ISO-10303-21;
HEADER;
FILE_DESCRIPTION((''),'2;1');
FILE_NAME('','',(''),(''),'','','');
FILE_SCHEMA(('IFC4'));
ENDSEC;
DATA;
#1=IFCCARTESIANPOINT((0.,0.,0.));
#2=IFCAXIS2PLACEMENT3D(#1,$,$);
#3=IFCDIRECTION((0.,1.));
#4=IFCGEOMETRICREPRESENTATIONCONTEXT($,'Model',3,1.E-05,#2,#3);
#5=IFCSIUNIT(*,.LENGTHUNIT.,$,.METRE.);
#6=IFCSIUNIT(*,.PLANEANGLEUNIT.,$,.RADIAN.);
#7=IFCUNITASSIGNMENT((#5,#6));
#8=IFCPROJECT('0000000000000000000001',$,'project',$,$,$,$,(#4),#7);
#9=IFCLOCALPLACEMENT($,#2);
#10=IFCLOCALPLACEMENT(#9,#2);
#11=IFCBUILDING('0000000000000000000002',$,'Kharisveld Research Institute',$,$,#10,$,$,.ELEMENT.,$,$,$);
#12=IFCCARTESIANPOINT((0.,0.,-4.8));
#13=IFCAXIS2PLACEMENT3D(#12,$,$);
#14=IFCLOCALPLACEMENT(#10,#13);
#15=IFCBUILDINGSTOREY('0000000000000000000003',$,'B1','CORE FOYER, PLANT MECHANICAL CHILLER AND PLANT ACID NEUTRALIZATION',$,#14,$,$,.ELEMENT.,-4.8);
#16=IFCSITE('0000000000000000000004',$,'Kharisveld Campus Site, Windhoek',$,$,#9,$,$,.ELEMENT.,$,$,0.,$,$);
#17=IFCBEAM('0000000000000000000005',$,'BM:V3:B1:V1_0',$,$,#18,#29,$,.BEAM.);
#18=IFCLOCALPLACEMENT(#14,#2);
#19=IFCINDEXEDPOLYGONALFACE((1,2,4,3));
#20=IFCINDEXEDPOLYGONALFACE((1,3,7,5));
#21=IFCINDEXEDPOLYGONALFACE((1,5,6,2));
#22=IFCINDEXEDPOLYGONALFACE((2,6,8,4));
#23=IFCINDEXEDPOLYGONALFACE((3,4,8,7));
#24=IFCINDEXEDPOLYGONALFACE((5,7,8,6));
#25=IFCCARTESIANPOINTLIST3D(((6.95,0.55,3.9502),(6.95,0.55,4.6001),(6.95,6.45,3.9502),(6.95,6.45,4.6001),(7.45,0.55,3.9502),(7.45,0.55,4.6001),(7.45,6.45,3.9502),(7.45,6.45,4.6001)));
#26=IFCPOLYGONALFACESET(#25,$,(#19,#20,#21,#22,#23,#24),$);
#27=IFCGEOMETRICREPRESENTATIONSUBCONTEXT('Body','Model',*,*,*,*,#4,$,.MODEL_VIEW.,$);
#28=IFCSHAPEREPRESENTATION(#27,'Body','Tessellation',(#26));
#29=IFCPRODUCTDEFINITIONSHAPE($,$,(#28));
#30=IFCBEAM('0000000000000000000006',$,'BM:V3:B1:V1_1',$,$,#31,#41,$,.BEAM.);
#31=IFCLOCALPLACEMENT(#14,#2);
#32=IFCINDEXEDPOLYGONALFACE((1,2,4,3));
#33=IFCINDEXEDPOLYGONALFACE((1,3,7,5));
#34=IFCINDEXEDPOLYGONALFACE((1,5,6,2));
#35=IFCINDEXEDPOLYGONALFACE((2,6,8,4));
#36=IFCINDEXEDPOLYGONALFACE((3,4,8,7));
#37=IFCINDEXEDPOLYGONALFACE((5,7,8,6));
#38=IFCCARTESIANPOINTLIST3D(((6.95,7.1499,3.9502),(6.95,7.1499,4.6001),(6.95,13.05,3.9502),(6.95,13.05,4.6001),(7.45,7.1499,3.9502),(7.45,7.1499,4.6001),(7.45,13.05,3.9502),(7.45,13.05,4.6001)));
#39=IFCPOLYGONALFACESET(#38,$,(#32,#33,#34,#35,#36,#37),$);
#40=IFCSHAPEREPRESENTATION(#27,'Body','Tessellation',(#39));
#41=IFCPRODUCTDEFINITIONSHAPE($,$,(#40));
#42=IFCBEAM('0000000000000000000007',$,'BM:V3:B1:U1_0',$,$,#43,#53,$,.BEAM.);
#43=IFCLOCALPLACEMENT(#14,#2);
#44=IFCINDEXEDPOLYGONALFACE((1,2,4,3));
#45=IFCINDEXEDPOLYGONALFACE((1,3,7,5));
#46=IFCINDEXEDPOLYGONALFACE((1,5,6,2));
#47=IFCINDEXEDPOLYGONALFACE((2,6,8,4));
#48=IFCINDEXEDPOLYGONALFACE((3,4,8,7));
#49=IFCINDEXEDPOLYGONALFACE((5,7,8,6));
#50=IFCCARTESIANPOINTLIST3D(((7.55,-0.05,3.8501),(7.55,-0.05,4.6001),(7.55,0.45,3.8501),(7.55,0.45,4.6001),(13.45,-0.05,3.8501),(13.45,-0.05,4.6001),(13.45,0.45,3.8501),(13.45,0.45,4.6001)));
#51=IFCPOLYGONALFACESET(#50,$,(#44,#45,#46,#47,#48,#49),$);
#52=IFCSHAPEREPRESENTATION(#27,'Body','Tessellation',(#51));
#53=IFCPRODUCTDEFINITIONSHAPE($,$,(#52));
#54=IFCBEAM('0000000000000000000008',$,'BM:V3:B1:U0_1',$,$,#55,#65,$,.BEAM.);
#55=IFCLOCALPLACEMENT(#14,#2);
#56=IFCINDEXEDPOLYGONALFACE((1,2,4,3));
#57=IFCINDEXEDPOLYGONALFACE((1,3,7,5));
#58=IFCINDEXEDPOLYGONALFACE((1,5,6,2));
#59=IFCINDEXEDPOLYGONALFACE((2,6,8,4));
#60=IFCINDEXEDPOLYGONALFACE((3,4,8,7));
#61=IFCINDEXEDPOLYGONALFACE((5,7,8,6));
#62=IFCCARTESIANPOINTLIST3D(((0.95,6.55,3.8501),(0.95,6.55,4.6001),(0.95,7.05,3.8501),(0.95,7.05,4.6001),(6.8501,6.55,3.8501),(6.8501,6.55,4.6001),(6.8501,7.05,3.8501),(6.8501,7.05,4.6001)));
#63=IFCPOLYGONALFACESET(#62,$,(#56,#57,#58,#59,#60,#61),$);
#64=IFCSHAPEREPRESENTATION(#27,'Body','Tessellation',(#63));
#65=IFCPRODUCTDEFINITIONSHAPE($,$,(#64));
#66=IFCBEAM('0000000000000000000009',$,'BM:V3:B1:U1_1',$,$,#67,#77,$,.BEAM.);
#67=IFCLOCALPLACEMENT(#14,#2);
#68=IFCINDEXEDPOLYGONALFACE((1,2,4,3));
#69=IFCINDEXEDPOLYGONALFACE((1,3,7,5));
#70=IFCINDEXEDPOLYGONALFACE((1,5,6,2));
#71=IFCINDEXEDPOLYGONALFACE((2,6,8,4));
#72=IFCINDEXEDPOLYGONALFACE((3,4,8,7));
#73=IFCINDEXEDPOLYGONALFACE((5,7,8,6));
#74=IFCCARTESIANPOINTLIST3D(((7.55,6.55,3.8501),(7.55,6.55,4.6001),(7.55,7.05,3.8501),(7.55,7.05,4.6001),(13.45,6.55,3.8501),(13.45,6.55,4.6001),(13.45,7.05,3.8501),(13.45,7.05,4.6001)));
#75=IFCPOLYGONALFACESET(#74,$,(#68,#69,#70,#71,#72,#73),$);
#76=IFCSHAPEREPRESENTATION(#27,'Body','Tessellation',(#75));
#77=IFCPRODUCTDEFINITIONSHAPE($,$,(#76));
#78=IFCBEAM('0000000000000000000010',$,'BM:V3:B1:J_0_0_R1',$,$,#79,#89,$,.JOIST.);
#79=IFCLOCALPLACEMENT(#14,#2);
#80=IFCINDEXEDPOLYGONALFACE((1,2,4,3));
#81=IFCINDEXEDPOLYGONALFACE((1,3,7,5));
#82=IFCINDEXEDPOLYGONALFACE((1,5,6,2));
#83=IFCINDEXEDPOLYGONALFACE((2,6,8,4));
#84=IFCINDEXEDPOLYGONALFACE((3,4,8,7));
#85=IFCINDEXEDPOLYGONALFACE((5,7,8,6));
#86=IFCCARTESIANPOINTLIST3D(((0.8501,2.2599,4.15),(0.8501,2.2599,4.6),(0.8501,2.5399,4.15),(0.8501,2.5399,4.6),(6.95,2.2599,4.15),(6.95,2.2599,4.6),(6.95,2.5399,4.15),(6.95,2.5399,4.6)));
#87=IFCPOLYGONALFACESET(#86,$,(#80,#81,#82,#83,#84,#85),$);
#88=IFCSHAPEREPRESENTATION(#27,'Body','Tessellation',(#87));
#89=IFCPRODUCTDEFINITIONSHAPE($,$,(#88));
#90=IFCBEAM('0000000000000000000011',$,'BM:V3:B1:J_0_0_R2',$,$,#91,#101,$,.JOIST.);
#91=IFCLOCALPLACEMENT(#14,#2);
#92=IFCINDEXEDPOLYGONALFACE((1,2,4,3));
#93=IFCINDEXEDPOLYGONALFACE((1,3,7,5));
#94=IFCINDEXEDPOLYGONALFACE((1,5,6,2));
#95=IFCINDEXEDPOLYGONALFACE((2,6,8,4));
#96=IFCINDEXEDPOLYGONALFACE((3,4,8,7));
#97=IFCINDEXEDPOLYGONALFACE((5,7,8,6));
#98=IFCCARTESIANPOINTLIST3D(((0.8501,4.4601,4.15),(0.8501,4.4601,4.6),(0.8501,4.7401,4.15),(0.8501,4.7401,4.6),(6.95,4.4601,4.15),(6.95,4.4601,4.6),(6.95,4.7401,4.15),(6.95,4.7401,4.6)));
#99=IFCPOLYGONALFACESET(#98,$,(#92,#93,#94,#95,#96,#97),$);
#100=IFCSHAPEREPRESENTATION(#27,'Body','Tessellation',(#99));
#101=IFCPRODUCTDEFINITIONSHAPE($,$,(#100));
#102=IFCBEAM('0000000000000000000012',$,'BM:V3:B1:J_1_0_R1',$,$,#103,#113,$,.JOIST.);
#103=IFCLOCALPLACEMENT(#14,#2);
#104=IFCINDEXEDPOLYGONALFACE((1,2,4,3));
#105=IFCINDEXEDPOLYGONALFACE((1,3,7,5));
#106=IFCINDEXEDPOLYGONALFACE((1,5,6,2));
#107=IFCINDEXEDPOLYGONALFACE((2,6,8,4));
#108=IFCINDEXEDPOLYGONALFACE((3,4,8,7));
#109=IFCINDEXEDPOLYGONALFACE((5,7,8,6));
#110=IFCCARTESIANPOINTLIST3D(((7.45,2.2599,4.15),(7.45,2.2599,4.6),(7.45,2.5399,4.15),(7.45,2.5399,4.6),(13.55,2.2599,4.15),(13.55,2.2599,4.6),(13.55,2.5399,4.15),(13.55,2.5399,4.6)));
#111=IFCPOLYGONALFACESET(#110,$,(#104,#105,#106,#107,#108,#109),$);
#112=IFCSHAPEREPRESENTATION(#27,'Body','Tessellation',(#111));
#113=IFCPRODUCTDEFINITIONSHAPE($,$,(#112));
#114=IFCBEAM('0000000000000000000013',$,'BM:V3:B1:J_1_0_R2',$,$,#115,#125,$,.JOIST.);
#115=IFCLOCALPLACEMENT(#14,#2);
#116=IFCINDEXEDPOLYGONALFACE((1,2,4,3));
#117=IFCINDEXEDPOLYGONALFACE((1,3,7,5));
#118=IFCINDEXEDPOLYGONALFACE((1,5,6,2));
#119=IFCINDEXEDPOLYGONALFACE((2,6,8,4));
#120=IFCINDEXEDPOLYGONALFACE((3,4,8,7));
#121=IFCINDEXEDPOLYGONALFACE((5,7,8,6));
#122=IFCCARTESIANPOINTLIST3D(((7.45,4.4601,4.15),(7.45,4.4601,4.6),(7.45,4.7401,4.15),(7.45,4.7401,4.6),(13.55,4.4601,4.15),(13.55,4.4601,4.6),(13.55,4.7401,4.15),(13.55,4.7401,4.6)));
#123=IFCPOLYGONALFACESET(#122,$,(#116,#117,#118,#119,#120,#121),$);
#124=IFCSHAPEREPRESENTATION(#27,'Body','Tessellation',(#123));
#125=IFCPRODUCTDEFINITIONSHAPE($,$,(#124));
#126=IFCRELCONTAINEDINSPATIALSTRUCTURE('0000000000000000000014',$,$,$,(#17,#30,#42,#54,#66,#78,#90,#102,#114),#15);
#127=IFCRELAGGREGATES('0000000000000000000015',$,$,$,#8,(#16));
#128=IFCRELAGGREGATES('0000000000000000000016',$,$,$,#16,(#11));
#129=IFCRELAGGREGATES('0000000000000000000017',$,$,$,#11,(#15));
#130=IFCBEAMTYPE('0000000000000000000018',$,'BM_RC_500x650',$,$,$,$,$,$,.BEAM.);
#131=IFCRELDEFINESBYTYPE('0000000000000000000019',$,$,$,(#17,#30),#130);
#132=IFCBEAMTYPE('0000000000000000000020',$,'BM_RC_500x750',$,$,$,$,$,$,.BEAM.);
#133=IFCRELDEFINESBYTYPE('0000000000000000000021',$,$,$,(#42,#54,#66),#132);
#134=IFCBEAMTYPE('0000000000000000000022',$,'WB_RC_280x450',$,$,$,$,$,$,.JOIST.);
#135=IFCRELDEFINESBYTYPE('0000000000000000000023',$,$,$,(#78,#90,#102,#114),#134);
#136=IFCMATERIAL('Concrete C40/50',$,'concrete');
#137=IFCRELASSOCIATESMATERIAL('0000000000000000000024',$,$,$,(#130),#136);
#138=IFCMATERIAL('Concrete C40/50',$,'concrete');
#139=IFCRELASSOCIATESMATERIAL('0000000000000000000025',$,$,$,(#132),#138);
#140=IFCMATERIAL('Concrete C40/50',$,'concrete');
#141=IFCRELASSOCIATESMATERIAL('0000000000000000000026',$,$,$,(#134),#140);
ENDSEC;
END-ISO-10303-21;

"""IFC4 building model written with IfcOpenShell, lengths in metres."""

from ifc_helpers import new_model, si_unit, direction, frame, origin, origin_2d, place, context, subcontext, project, spatial, rectangle, extrude, material, material_profile, profile_set, type_object, element, save


model = new_model("IFC4")

# Units and contexts
model_context = context("Model", 3, precision=1e-05, world=origin(), true_north=direction((0.0, 1.0)))
body_context = subcontext(model_context, "Body", "Model", "MODEL_VIEW")
ifc_project = project(units=[si_unit("LENGTHUNIT", "METRE"), si_unit("PLANEANGLEUNIT", "RADIAN")], contexts=[model_context])

# Site, building, storey
site_placement = place(None, origin())
site = spatial("IfcSite", under=ifc_project, at=site_placement, Name="Kharisveld Campus Site, Windhoek", CompositionType="ELEMENT", RefElevation=0.0)
building_placement = place(site_placement, origin())
building = spatial("IfcBuilding", under=site, at=building_placement, Name="Kharisveld Research Institute", CompositionType="ELEMENT")
storey_placement = place(building_placement, frame((0.0, 0.0, -4.8)))
storey = spatial("IfcBuildingStorey", under=building, at=storey_placement, Name="B1", Description="CORE FOYER, PLANT MECHANICAL CHILLER AND PLANT ACID NEUTRALIZATION", CompositionType="ELEMENT", Elevation=-4.8)

# Beams
ifc_material_1 = material(Name="Concrete C40/50", Category="concrete")
ifc_material_profile_1 = material_profile(ifc_material_1, rectangle(XDim=0.5, YDim=0.6499, at=origin_2d()))
ifc_profile_set_1 = profile_set([ifc_material_profile_1], Name="Concrete C40/50")
beam_type_1 = type_object("IfcBeamType", Name="BM_RC_500x650", PredefinedType="BEAM", material=ifc_profile_set_1)
beam_1_placement = place(storey_placement, frame((7.2, 0.55, 4.2751), z_axis=(0.0, 1.0, 0.0), x_axis=(-1.0, 0.0, 0.0)))
element("IfcBeam", 1, at=beam_1_placement, inside=storey, type_object=beam_type_1, Name="BM:V3:B1:V1_0", PredefinedType="BEAM", context=body_context, shape_type="SweptSolid", body=[
    extrude(rectangle(XDim=0.5, YDim=0.6499, at=origin_2d()), origin(), (0.0, 0.0, 1.0), 5.8999),
])
beam_2_placement = place(storey_placement, frame((7.2, 7.1499, 4.2751), z_axis=(0.0, 1.0, 0.0), x_axis=(-1.0, 0.0, 0.0)))
element("IfcBeam", 2, at=beam_2_placement, inside=storey, type_object=beam_type_1, Name="BM:V3:B1:V1_1", PredefinedType="BEAM", context=body_context, shape_type="SweptSolid", body=[
    extrude(rectangle(XDim=0.5, YDim=0.6499, at=origin_2d()), origin(), (0.0, 0.0, 1.0), 5.9001),
])
ifc_material_2 = material(Name="Concrete C40/50", Category="concrete")
ifc_material_profile_2 = material_profile(ifc_material_2, rectangle(XDim=0.5, YDim=0.75, at=origin_2d()))
ifc_profile_set_2 = profile_set([ifc_material_profile_2], Name="Concrete C40/50")
beam_type_2 = type_object("IfcBeamType", Name="BM_RC_500x750", PredefinedType="BEAM", material=ifc_profile_set_2)
beam_3_placement = place(storey_placement, frame((7.55, 0.2, 4.2251), z_axis=(1.0, 0.0, 0.0), x_axis=(0.0, 1.0, 0.0)))
element("IfcBeam", 3, at=beam_3_placement, inside=storey, type_object=beam_type_2, Name="BM:V3:B1:U1_0", PredefinedType="BEAM", context=body_context, shape_type="SweptSolid", body=[
    extrude(rectangle(XDim=0.5, YDim=0.75, at=origin_2d()), origin(), (0.0, 0.0, 1.0), 5.8999),
])
beam_4_placement = place(storey_placement, frame((0.95, 6.8, 4.2251), z_axis=(1.0, 0.0, 0.0), x_axis=(0.0, 1.0, 0.0)))
element("IfcBeam", 4, at=beam_4_placement, inside=storey, type_object=beam_type_2, Name="BM:V3:B1:U0_1", PredefinedType="BEAM", context=body_context, shape_type="SweptSolid", body=[
    extrude(rectangle(XDim=0.5, YDim=0.75, at=origin_2d()), origin(), (0.0, 0.0, 1.0), 5.9001),
])
beam_5_placement = place(storey_placement, frame((7.55, 6.8, 4.2251), z_axis=(1.0, 0.0, 0.0), x_axis=(0.0, 1.0, 0.0)))
element("IfcBeam", 5, at=beam_5_placement, inside=storey, type_object=beam_type_2, Name="BM:V3:B1:U1_1", PredefinedType="BEAM", context=body_context, shape_type="SweptSolid", body=[
    extrude(rectangle(XDim=0.5, YDim=0.75, at=origin_2d()), origin(), (0.0, 0.0, 1.0), 5.8999),
])
ifc_material_3 = material(Name="Concrete C40/50", Category="concrete")
ifc_material_profile_3 = material_profile(ifc_material_3, rectangle(XDim=0.28, YDim=0.45, at=origin_2d()))
ifc_profile_set_3 = profile_set([ifc_material_profile_3], Name="Concrete C40/50")
beam_type_3 = type_object("IfcBeamType", Name="WB_RC_280x450", PredefinedType="JOIST", material=ifc_profile_set_3)
for number, where, z_axis, x_axis, name in (
    (6, (0.8501, 2.3999, 4.375), (1.0, 0.0, 0.0), (0.0, 1.0, 0.0), "BM:V3:B1:J_0_0_R1"),
    (7, (0.8501, 4.6001, 4.375), (1.0, 0.0, 0.0), (0.0, 1.0, 0.0), "BM:V3:B1:J_0_0_R2"),
):
    element("IfcBeam", number, at=place(storey_placement, frame(where, z_axis=z_axis, x_axis=x_axis)), inside=storey, type_object=beam_type_3, Name=name, PredefinedType="JOIST", context=body_context, shape_type="SweptSolid", body=[
        extrude(rectangle(XDim=0.28, YDim=0.45, at=origin_2d()), origin(), (0.0, 0.0, 1.0), 6.0999),
    ])
for number, where, z_axis, x_axis, name in (
    (8, (7.45, 2.3999, 4.375), (1.0, 0.0, 0.0), (0.0, 1.0, 0.0), "BM:V3:B1:J_1_0_R1"),
    (9, (7.45, 4.6001, 4.375), (1.0, 0.0, 0.0), (0.0, 1.0, 0.0), "BM:V3:B1:J_1_0_R2"),
):
    element("IfcBeam", number, at=place(storey_placement, frame(where, z_axis=z_axis, x_axis=x_axis)), inside=storey, type_object=beam_type_3, Name=name, PredefinedType="JOIST", context=body_context, shape_type="SweptSolid", body=[
        extrude(rectangle(XDim=0.28, YDim=0.45, at=origin_2d()), origin(), (0.0, 0.0, 1.0), 6.1001),
    ])

save(model, "model.ifc")
